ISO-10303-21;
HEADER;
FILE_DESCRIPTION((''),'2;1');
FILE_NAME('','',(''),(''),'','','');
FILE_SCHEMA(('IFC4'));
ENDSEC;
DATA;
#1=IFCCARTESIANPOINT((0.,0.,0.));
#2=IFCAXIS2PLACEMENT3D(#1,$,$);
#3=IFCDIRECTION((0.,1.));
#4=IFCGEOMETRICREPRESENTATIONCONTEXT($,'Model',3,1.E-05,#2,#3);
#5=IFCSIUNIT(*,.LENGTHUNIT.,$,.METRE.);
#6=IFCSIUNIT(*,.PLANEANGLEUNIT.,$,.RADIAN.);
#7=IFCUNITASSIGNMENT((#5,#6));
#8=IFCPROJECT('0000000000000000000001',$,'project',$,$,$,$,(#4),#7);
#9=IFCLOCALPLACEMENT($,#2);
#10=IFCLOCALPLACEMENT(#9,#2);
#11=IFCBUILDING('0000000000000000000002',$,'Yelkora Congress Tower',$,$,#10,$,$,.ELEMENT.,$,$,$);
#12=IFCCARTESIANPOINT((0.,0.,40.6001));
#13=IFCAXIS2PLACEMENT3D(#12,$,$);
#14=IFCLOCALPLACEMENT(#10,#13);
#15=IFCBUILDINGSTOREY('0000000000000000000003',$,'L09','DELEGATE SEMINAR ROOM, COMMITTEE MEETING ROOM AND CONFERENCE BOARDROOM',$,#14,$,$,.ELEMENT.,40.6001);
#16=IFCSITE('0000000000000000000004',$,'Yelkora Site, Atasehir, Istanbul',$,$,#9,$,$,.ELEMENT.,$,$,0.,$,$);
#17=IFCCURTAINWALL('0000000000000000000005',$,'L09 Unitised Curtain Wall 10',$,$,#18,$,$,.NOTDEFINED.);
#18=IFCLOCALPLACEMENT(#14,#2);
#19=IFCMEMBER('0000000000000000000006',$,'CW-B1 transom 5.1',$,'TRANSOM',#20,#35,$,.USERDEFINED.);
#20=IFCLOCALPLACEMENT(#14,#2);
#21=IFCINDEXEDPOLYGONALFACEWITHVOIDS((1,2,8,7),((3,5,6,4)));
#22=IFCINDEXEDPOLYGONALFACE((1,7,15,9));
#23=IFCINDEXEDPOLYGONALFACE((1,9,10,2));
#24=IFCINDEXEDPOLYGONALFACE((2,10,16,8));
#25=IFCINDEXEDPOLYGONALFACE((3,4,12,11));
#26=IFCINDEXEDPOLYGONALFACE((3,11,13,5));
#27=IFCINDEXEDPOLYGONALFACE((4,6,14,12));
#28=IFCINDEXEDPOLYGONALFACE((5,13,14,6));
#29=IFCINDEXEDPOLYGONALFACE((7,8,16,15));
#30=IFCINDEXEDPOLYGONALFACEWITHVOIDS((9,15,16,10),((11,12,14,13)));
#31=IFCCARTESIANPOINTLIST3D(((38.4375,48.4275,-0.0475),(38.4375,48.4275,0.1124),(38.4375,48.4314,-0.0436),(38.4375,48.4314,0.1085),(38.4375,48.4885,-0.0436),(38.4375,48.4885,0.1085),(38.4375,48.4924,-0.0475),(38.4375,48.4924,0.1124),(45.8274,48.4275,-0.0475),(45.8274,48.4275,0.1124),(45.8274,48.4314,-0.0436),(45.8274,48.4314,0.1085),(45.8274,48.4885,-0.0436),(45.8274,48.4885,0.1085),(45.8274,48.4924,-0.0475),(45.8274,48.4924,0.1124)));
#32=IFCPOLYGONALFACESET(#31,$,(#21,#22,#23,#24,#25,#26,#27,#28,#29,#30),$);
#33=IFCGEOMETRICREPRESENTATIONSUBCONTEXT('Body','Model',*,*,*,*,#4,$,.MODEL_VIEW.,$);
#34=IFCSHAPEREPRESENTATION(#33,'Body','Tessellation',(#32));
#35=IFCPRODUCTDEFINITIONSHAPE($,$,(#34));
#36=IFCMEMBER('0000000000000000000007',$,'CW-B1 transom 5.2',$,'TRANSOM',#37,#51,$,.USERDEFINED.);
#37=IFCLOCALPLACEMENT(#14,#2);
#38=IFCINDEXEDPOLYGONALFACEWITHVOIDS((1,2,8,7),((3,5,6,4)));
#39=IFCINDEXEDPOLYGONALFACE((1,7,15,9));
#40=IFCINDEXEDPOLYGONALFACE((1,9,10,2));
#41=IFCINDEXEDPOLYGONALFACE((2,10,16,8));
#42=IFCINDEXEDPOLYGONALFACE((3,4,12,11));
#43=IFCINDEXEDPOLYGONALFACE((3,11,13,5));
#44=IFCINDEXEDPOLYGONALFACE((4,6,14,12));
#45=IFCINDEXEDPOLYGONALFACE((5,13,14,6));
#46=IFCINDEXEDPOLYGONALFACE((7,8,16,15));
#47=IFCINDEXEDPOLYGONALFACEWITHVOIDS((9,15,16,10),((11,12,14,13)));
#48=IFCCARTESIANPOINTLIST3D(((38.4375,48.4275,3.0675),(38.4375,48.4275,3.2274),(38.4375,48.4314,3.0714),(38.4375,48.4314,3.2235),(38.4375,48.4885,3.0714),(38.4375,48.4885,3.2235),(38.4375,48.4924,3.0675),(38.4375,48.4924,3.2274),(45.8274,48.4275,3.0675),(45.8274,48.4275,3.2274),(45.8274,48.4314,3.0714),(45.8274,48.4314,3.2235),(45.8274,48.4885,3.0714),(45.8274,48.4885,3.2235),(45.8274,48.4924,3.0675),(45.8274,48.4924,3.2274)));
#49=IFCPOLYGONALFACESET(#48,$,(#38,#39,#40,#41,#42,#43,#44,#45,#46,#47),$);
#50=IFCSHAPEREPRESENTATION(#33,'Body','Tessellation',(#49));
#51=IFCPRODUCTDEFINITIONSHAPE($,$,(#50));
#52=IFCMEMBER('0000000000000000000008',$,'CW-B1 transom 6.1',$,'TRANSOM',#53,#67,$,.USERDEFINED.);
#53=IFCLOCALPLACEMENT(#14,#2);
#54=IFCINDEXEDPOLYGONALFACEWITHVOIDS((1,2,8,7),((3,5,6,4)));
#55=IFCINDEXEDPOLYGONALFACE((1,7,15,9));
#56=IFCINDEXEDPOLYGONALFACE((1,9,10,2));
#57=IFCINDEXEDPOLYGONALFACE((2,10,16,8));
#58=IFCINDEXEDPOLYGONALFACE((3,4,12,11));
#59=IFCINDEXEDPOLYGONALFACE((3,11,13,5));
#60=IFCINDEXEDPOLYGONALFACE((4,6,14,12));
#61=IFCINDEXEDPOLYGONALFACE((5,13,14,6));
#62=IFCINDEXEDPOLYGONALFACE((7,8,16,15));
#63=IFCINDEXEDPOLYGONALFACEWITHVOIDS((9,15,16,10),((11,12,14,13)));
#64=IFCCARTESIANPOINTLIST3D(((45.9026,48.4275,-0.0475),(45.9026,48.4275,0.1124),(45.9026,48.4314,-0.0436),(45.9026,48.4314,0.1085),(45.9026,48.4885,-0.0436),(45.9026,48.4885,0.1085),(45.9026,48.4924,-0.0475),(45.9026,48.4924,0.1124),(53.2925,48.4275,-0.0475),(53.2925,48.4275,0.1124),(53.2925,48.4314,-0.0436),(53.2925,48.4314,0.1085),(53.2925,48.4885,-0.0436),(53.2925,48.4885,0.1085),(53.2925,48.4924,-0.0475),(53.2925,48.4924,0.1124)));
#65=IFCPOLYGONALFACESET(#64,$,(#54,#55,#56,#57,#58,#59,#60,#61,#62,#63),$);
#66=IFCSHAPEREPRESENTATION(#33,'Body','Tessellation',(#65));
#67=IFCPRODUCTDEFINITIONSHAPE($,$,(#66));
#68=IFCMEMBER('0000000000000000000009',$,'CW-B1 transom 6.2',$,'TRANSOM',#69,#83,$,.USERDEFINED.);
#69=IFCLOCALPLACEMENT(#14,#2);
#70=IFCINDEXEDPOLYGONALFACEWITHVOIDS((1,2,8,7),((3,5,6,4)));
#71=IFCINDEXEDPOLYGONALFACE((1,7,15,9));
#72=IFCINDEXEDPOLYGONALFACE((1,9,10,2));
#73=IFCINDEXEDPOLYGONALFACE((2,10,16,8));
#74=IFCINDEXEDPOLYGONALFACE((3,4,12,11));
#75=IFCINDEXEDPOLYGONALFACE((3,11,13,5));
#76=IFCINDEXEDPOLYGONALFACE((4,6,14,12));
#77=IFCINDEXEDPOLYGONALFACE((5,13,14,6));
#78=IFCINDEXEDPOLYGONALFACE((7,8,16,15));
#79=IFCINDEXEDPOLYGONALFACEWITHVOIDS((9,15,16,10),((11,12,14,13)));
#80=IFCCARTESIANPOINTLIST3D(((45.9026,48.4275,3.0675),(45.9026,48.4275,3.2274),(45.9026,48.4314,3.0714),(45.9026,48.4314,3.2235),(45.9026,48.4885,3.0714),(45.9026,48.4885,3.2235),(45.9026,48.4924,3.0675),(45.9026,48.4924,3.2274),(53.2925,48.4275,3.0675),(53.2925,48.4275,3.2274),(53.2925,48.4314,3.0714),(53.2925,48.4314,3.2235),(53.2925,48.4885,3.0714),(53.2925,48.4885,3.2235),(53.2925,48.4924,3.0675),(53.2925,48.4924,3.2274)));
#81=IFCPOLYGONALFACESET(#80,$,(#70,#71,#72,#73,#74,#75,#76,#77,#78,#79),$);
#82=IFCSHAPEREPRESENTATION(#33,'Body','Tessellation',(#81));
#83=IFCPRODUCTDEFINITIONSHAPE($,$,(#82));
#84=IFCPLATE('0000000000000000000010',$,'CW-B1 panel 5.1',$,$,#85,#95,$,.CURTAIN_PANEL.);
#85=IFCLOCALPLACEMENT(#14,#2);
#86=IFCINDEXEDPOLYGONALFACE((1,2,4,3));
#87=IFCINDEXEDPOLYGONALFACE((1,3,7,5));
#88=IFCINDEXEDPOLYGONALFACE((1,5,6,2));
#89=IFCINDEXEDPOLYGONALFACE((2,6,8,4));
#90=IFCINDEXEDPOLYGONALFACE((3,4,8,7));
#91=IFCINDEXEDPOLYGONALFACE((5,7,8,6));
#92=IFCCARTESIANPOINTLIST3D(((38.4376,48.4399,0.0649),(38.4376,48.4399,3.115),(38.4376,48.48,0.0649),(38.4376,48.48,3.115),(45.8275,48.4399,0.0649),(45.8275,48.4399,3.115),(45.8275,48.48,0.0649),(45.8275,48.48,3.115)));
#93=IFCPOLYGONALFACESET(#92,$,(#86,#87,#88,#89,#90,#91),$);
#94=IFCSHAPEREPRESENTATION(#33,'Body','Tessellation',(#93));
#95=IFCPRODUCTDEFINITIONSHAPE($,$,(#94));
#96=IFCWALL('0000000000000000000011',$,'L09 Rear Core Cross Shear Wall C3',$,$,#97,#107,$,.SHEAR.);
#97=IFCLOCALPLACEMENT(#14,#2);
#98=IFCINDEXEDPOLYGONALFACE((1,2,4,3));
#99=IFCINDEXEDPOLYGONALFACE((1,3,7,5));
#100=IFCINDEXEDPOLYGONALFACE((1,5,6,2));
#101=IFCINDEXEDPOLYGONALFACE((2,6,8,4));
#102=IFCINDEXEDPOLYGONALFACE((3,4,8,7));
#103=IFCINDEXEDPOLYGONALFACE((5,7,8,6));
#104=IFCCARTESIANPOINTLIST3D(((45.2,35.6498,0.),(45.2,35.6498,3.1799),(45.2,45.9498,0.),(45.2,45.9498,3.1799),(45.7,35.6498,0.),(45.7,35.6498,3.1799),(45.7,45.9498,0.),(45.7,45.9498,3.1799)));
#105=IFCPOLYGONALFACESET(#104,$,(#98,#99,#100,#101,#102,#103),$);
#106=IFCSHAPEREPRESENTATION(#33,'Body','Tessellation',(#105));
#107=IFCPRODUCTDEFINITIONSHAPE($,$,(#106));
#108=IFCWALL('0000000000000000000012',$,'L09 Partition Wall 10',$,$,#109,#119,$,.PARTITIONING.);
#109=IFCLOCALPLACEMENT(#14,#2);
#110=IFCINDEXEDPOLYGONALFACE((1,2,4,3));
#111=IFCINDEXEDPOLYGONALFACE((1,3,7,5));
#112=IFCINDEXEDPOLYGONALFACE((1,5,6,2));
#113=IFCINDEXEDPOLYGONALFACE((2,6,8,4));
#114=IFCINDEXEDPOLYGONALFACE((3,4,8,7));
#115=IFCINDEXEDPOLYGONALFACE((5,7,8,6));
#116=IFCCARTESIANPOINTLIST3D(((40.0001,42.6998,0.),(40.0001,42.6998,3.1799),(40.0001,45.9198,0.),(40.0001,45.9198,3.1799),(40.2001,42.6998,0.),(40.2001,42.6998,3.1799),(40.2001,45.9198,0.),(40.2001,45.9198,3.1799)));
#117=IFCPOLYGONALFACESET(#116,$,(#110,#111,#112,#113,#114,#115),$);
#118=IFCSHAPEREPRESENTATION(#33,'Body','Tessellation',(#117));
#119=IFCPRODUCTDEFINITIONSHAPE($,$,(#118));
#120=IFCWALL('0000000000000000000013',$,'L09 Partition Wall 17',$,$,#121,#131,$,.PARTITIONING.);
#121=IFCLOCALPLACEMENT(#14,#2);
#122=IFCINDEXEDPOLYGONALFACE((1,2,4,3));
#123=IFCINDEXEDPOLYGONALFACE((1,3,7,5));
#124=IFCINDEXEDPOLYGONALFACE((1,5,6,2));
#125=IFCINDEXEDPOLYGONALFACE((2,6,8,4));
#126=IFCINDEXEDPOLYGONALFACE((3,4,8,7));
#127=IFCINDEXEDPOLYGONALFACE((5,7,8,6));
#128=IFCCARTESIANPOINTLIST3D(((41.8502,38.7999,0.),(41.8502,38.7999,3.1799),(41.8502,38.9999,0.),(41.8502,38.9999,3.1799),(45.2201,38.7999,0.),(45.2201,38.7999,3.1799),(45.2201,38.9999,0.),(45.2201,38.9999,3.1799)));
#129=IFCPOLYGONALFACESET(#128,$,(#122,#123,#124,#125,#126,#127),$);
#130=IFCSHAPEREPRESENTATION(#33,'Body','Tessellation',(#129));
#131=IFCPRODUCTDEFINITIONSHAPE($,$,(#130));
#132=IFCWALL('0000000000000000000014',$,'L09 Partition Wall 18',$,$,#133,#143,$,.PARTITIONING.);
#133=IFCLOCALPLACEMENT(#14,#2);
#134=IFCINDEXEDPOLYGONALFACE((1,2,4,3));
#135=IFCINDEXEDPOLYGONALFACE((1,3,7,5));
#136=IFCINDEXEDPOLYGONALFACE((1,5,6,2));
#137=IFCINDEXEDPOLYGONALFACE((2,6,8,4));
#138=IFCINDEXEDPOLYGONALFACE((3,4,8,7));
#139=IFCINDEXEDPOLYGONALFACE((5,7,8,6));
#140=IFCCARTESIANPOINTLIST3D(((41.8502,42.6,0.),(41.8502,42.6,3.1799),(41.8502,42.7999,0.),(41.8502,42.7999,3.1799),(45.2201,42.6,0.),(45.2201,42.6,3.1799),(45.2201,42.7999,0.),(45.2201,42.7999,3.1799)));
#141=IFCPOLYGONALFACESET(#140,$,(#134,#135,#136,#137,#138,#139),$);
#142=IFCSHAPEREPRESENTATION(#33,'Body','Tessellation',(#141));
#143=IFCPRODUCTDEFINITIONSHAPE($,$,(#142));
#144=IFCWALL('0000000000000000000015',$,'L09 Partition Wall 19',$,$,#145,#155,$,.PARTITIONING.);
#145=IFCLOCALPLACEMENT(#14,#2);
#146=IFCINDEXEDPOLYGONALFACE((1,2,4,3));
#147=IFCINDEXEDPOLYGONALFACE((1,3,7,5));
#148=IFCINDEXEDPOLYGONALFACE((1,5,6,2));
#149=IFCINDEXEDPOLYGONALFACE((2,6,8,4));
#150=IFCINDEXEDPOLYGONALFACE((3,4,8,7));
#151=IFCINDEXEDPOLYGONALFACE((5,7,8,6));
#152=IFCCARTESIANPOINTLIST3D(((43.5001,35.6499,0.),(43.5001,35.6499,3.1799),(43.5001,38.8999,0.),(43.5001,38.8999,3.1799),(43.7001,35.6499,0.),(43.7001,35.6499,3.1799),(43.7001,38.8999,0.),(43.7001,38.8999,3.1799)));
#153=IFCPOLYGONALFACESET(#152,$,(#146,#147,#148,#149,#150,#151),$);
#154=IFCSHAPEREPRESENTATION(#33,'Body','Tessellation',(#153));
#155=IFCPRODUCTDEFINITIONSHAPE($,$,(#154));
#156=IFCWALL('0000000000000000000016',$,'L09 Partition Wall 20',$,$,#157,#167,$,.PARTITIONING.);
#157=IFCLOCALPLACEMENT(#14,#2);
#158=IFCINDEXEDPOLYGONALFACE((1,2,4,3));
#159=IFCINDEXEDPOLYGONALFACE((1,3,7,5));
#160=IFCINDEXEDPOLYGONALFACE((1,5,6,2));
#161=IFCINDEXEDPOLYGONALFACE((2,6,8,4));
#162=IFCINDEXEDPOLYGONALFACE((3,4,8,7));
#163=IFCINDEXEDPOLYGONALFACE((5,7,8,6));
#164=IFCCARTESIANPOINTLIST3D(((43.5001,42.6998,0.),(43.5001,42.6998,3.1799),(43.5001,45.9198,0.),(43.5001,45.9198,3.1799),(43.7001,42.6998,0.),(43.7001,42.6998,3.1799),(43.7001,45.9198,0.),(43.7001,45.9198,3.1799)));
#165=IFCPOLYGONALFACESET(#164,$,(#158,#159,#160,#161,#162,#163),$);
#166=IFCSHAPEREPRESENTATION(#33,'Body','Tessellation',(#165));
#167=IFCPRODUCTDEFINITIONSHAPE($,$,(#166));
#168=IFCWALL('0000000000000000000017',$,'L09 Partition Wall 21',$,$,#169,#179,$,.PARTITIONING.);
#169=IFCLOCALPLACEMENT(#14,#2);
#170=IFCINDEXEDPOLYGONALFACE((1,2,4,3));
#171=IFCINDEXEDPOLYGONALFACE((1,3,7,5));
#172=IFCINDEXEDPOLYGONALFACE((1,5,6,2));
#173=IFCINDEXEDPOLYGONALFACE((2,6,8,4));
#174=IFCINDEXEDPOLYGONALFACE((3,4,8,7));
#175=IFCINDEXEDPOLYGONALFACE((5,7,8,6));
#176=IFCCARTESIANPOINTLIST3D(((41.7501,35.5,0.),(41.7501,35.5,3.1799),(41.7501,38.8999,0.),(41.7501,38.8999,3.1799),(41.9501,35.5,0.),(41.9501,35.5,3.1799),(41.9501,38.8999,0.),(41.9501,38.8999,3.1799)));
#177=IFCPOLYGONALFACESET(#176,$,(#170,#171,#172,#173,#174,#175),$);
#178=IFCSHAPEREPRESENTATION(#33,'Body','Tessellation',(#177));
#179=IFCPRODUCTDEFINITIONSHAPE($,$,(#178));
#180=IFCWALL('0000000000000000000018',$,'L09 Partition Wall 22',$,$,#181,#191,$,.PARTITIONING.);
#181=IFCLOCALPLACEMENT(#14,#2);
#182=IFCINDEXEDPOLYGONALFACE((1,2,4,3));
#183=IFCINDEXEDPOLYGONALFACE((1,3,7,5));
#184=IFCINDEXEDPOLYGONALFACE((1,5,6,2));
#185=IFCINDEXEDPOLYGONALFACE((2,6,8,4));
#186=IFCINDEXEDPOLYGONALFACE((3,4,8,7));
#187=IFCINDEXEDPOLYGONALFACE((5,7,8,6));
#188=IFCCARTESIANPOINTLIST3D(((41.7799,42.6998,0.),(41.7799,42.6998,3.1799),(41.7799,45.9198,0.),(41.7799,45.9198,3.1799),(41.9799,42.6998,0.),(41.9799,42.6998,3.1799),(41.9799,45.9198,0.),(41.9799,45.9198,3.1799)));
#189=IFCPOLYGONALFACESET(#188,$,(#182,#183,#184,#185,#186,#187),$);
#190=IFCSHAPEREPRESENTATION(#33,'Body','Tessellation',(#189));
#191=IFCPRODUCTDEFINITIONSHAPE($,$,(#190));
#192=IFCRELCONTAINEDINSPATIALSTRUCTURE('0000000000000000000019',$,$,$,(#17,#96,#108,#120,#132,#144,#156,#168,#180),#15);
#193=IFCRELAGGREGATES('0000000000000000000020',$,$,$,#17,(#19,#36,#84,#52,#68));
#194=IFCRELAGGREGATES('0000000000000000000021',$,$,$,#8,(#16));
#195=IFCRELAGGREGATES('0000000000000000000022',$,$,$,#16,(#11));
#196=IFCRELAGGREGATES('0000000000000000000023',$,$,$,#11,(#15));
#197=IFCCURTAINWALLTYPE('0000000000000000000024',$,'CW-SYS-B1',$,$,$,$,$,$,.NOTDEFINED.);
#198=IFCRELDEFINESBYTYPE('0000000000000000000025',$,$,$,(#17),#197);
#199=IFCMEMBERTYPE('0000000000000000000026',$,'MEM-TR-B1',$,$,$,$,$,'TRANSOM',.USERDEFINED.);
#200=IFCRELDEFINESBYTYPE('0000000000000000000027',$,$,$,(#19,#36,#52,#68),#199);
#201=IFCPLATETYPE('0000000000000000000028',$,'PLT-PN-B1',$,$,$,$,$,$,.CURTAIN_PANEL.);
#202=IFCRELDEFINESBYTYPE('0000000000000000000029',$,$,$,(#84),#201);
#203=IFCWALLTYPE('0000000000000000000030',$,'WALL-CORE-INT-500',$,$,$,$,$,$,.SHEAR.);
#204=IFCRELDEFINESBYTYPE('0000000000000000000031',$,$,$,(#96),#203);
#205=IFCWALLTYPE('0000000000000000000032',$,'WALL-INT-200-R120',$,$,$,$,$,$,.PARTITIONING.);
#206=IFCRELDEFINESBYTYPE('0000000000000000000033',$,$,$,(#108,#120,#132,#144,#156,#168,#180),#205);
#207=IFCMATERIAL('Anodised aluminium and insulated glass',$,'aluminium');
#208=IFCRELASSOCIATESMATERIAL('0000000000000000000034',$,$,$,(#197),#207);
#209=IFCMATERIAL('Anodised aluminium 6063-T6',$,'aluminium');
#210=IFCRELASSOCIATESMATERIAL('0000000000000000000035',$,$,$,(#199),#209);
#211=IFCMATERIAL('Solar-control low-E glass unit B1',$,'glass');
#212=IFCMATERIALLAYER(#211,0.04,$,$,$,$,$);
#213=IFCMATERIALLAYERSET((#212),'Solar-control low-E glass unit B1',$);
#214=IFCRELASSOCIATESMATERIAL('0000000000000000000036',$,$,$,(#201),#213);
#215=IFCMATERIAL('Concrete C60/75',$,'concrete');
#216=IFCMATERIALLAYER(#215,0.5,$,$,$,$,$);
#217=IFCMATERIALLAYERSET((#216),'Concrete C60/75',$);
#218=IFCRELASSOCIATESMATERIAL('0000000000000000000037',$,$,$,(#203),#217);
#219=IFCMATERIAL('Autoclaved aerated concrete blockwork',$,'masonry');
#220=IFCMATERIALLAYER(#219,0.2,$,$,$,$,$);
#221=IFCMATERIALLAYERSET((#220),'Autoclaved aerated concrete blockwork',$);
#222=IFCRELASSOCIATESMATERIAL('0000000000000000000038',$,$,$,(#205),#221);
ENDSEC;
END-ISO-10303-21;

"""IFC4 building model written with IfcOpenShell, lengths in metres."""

from ifc_helpers import new_model, si_unit, direction, frame, frame_2d, origin, origin_2d, place, context, subcontext, project, spatial, rectangle, hollow_rectangle, extrude, material, layer, layer_set, material_profile, profile_set, type_object, element, aggregate, save


model = new_model("IFC4")

# Units and contexts
model_context = context("Model", 3, precision=1e-05, world=origin(), true_north=direction((0.0, 1.0)))
body_context = subcontext(model_context, "Body", "Model", "MODEL_VIEW")
ifc_project = project(units=[si_unit("LENGTHUNIT", "METRE"), si_unit("PLANEANGLEUNIT", "RADIAN")], contexts=[model_context])

# Site, building, storey
site_placement = place(None, origin())
site = spatial("IfcSite", under=ifc_project, at=site_placement, Name="Yelkora Site, Atasehir, Istanbul", CompositionType="ELEMENT", RefElevation=0.0)
building_placement = place(site_placement, origin())
building = spatial("IfcBuilding", under=site, at=building_placement, Name="Yelkora Congress Tower", CompositionType="ELEMENT")
storey_placement = place(building_placement, frame((0.0, 0.0, 40.6001)))
storey = spatial("IfcBuildingStorey", under=building, at=storey_placement, Name="L09", Description="DELEGATE SEMINAR ROOM, COMMITTEE MEETING ROOM AND CONFERENCE BOARDROOM", CompositionType="ELEMENT", Elevation=40.6001)

# Shared definitions
ifc_material_1 = material(Name="Concrete C60/75", Category="concrete")

# Curtain wall, members, plate
ifc_material_2 = material(Name="Anodised aluminium and insulated glass", Category="aluminium")
curtain_wall_type = type_object("IfcCurtainWallType", Name="CW-SYS-B1", PredefinedType="NOTDEFINED", material=ifc_material_2)
curtain_wall_placement = place(storey_placement, origin())
curtain_wall = element("IfcCurtainWall", 1, at=curtain_wall_placement, inside=storey, type_object=curtain_wall_type, Name="L09 Unitised Curtain Wall 10", PredefinedType="NOTDEFINED")
ifc_material_3 = material(Name="Anodised aluminium 6063-T6", Category="aluminium")
ifc_material_profile_1 = material_profile(ifc_material_3, hollow_rectangle(XDim=0.0649, YDim=0.1599, WallThickness=0.0039, at=origin_2d()), Name="ALU 65x160x4")
ifc_profile_set_1 = profile_set([ifc_material_profile_1], Name="Anodised aluminium 6063-T6")
member_type_1 = type_object("IfcMemberType", Name="MEM-TR-B1", ElementType="TRANSOM", PredefinedType="USERDEFINED", material=ifc_profile_set_1)
member_1_placement = place(storey_placement, frame((38.4375, 48.46, 0.0325), z_axis=(1.0, 0.0, 0.0), x_axis=(0.0, 1.0, 0.0)))
member_1 = element("IfcMember", 2, at=member_1_placement, type_object=member_type_1, Name="CW-B1 transom 5.1", ObjectType="TRANSOM", PredefinedType="USERDEFINED", context=body_context, shape_type="SweptSolid", body=[
    extrude(hollow_rectangle(XDim=0.0649, YDim=0.1599, WallThickness=0.0039, at=origin_2d()), origin(), (0.0, 0.0, 1.0), 7.3899),
])
member_2_placement = place(storey_placement, frame((38.4375, 48.46, 3.1475), z_axis=(1.0, 0.0, 0.0), x_axis=(0.0, 1.0, 0.0)))
member_2 = element("IfcMember", 3, at=member_2_placement, type_object=member_type_1, Name="CW-B1 transom 5.2", ObjectType="TRANSOM", PredefinedType="USERDEFINED", context=body_context, shape_type="SweptSolid", body=[
    extrude(hollow_rectangle(XDim=0.0649, YDim=0.1599, WallThickness=0.0039, at=origin_2d()), origin(), (0.0, 0.0, 1.0), 7.3899),
])
member_3_placement = place(storey_placement, frame((45.9026, 48.46, 0.0325), z_axis=(1.0, 0.0, 0.0), x_axis=(0.0, 1.0, 0.0)))
member_3 = element("IfcMember", 4, at=member_3_placement, type_object=member_type_1, Name="CW-B1 transom 6.1", ObjectType="TRANSOM", PredefinedType="USERDEFINED", context=body_context, shape_type="SweptSolid", body=[
    extrude(hollow_rectangle(XDim=0.0649, YDim=0.1599, WallThickness=0.0039, at=origin_2d()), origin(), (0.0, 0.0, 1.0), 7.3899),
])
member_4_placement = place(storey_placement, frame((45.9026, 48.46, 3.1475), z_axis=(1.0, 0.0, 0.0), x_axis=(0.0, 1.0, 0.0)))
member_4 = element("IfcMember", 5, at=member_4_placement, type_object=member_type_1, Name="CW-B1 transom 6.2", ObjectType="TRANSOM", PredefinedType="USERDEFINED", context=body_context, shape_type="SweptSolid", body=[
    extrude(hollow_rectangle(XDim=0.0649, YDim=0.1599, WallThickness=0.0039, at=origin_2d()), origin(), (0.0, 0.0, 1.0), 7.3899),
])
ifc_material_4 = material(Name="Solar-control low-E glass unit B1", Category="glass")
ifc_layer_1 = layer(ifc_material_4, 0.04)
ifc_layer_set_1 = layer_set([ifc_layer_1], Name="Solar-control low-E glass unit B1")
plate_type = type_object("IfcPlateType", Name="PLT-PN-B1", PredefinedType="CURTAIN_PANEL", material=ifc_layer_set_1)
plate_placement = place(storey_placement, frame((42.1326, 48.46, 0.0649), z_axis=(0.0, 0.0, 1.0), x_axis=(1.0, 0.0, 0.0)))
plate = element("IfcPlate", 6, at=plate_placement, type_object=plate_type, Name="CW-B1 panel 5.1", PredefinedType="CURTAIN_PANEL", context=body_context, shape_type="SweptSolid", body=[
    extrude(rectangle(XDim=7.3899, YDim=0.04, at=origin_2d()), origin(), (0.0, 0.0, 1.0), 3.05),
])
aggregate(curtain_wall, [member_1, member_2, plate, member_3, member_4])

# Shared definitions
ifc_layer_2 = layer(ifc_material_1, 0.5)
ifc_layer_set_2 = layer_set([ifc_layer_2], Name="Concrete C60/75")
wall_type_1 = type_object("IfcWallType", Name="WALL-CORE-INT-500", PredefinedType="SHEAR", material=ifc_layer_set_2)

# Wall
wall_1_placement = place(storey_placement, frame((45.45, 35.6499, 0.0), z_axis=(0.0, 0.0, 1.0), x_axis=(0.0, 1.0, 0.0)))
element("IfcWall", 7, at=wall_1_placement, inside=storey, type_object=wall_type_1, Name="L09 Rear Core Cross Shear Wall C3", PredefinedType="SHEAR", context=body_context, shape_type="SweptSolid", body=[
    extrude(rectangle(XDim=10.3, YDim=0.5, at=frame_2d((5.1499, 0.0))), origin(), (0.0, 0.0, 1.0), 3.1799),
])

# Walls
ifc_material_5 = material(Name="Autoclaved aerated concrete blockwork", Category="masonry")
ifc_layer_3 = layer(ifc_material_5, 0.2)
ifc_layer_set_3 = layer_set([ifc_layer_3], Name="Autoclaved aerated concrete blockwork")
wall_type_2 = type_object("IfcWallType", Name="WALL-INT-200-R120", PredefinedType="PARTITIONING", material=ifc_layer_set_3)
wall_2_placement = place(storey_placement, frame((40.1001, 42.7, 0.0), z_axis=(0.0, 0.0, 1.0), x_axis=(0.0, 1.0, 0.0)))
element("IfcWall", 8, at=wall_2_placement, inside=storey, type_object=wall_type_2, Name="L09 Partition Wall 10", PredefinedType="PARTITIONING", context=body_context, shape_type="SweptSolid", body=[
    extrude(rectangle(XDim=3.22, YDim=0.2, at=frame_2d((1.6099, 0.0))), origin(), (0.0, 0.0, 1.0), 3.1799),
])
for number, where, z_axis, x_axis, name in (
    (9, (41.8501, 38.8999, 0.0), (0.0, 0.0, 1.0), (1.0, 0.0, 0.0), "L09 Partition Wall 17"),
    (10, (41.8501, 42.7, 0.0), (0.0, 0.0, 1.0), (1.0, 0.0, 0.0), "L09 Partition Wall 18"),
):
    element("IfcWall", number, at=place(storey_placement, frame(where, z_axis=z_axis, x_axis=x_axis)), inside=storey, type_object=wall_type_2, Name=name, PredefinedType="PARTITIONING", context=body_context, shape_type="SweptSolid", body=[
        extrude(rectangle(XDim=3.3699, YDim=0.2, at=frame_2d((1.6851, 0.0))), origin(), (0.0, 0.0, 1.0), 3.1799),
    ])
wall_3_placement = place(storey_placement, frame((43.6001, 35.6499, 0.0), z_axis=(0.0, 0.0, 1.0), x_axis=(0.0, 1.0, 0.0)))
element("IfcWall", 11, at=wall_3_placement, inside=storey, type_object=wall_type_2, Name="L09 Partition Wall 19", PredefinedType="PARTITIONING", context=body_context, shape_type="SweptSolid", body=[
    extrude(rectangle(XDim=3.25, YDim=0.2, at=frame_2d((1.625, 0.0))), origin(), (0.0, 0.0, 1.0), 3.1799),
])
wall_4_placement = place(storey_placement, frame((43.6001, 42.7, 0.0), z_axis=(0.0, 0.0, 1.0), x_axis=(0.0, 1.0, 0.0)))
element("IfcWall", 12, at=wall_4_placement, inside=storey, type_object=wall_type_2, Name="L09 Partition Wall 20", PredefinedType="PARTITIONING", context=body_context, shape_type="SweptSolid", body=[
    extrude(rectangle(XDim=3.22, YDim=0.2, at=frame_2d((1.6099, 0.0))), origin(), (0.0, 0.0, 1.0), 3.1799),
])
wall_5_placement = place(storey_placement, frame((41.8501, 35.5, 0.0), z_axis=(0.0, 0.0, 1.0), x_axis=(0.0, 1.0, 0.0)))
element("IfcWall", 13, at=wall_5_placement, inside=storey, type_object=wall_type_2, Name="L09 Partition Wall 21", PredefinedType="PARTITIONING", context=body_context, shape_type="SweptSolid", body=[
    extrude(rectangle(XDim=3.3999, YDim=0.2, at=frame_2d((1.7, 0.0))), origin(), (0.0, 0.0, 1.0), 3.1799),
])
wall_6_placement = place(storey_placement, frame((41.8799, 42.7, 0.0), z_axis=(0.0, 0.0, 1.0), x_axis=(0.0, 1.0, 0.0)))
element("IfcWall", 14, at=wall_6_placement, inside=storey, type_object=wall_type_2, Name="L09 Partition Wall 22", PredefinedType="PARTITIONING", context=body_context, shape_type="SweptSolid", body=[
    extrude(rectangle(XDim=3.22, YDim=0.2, at=frame_2d((1.6099, 0.0))), origin(), (0.0, 0.0, 1.0), 3.1799),
])

save(model, "model.ifc")
